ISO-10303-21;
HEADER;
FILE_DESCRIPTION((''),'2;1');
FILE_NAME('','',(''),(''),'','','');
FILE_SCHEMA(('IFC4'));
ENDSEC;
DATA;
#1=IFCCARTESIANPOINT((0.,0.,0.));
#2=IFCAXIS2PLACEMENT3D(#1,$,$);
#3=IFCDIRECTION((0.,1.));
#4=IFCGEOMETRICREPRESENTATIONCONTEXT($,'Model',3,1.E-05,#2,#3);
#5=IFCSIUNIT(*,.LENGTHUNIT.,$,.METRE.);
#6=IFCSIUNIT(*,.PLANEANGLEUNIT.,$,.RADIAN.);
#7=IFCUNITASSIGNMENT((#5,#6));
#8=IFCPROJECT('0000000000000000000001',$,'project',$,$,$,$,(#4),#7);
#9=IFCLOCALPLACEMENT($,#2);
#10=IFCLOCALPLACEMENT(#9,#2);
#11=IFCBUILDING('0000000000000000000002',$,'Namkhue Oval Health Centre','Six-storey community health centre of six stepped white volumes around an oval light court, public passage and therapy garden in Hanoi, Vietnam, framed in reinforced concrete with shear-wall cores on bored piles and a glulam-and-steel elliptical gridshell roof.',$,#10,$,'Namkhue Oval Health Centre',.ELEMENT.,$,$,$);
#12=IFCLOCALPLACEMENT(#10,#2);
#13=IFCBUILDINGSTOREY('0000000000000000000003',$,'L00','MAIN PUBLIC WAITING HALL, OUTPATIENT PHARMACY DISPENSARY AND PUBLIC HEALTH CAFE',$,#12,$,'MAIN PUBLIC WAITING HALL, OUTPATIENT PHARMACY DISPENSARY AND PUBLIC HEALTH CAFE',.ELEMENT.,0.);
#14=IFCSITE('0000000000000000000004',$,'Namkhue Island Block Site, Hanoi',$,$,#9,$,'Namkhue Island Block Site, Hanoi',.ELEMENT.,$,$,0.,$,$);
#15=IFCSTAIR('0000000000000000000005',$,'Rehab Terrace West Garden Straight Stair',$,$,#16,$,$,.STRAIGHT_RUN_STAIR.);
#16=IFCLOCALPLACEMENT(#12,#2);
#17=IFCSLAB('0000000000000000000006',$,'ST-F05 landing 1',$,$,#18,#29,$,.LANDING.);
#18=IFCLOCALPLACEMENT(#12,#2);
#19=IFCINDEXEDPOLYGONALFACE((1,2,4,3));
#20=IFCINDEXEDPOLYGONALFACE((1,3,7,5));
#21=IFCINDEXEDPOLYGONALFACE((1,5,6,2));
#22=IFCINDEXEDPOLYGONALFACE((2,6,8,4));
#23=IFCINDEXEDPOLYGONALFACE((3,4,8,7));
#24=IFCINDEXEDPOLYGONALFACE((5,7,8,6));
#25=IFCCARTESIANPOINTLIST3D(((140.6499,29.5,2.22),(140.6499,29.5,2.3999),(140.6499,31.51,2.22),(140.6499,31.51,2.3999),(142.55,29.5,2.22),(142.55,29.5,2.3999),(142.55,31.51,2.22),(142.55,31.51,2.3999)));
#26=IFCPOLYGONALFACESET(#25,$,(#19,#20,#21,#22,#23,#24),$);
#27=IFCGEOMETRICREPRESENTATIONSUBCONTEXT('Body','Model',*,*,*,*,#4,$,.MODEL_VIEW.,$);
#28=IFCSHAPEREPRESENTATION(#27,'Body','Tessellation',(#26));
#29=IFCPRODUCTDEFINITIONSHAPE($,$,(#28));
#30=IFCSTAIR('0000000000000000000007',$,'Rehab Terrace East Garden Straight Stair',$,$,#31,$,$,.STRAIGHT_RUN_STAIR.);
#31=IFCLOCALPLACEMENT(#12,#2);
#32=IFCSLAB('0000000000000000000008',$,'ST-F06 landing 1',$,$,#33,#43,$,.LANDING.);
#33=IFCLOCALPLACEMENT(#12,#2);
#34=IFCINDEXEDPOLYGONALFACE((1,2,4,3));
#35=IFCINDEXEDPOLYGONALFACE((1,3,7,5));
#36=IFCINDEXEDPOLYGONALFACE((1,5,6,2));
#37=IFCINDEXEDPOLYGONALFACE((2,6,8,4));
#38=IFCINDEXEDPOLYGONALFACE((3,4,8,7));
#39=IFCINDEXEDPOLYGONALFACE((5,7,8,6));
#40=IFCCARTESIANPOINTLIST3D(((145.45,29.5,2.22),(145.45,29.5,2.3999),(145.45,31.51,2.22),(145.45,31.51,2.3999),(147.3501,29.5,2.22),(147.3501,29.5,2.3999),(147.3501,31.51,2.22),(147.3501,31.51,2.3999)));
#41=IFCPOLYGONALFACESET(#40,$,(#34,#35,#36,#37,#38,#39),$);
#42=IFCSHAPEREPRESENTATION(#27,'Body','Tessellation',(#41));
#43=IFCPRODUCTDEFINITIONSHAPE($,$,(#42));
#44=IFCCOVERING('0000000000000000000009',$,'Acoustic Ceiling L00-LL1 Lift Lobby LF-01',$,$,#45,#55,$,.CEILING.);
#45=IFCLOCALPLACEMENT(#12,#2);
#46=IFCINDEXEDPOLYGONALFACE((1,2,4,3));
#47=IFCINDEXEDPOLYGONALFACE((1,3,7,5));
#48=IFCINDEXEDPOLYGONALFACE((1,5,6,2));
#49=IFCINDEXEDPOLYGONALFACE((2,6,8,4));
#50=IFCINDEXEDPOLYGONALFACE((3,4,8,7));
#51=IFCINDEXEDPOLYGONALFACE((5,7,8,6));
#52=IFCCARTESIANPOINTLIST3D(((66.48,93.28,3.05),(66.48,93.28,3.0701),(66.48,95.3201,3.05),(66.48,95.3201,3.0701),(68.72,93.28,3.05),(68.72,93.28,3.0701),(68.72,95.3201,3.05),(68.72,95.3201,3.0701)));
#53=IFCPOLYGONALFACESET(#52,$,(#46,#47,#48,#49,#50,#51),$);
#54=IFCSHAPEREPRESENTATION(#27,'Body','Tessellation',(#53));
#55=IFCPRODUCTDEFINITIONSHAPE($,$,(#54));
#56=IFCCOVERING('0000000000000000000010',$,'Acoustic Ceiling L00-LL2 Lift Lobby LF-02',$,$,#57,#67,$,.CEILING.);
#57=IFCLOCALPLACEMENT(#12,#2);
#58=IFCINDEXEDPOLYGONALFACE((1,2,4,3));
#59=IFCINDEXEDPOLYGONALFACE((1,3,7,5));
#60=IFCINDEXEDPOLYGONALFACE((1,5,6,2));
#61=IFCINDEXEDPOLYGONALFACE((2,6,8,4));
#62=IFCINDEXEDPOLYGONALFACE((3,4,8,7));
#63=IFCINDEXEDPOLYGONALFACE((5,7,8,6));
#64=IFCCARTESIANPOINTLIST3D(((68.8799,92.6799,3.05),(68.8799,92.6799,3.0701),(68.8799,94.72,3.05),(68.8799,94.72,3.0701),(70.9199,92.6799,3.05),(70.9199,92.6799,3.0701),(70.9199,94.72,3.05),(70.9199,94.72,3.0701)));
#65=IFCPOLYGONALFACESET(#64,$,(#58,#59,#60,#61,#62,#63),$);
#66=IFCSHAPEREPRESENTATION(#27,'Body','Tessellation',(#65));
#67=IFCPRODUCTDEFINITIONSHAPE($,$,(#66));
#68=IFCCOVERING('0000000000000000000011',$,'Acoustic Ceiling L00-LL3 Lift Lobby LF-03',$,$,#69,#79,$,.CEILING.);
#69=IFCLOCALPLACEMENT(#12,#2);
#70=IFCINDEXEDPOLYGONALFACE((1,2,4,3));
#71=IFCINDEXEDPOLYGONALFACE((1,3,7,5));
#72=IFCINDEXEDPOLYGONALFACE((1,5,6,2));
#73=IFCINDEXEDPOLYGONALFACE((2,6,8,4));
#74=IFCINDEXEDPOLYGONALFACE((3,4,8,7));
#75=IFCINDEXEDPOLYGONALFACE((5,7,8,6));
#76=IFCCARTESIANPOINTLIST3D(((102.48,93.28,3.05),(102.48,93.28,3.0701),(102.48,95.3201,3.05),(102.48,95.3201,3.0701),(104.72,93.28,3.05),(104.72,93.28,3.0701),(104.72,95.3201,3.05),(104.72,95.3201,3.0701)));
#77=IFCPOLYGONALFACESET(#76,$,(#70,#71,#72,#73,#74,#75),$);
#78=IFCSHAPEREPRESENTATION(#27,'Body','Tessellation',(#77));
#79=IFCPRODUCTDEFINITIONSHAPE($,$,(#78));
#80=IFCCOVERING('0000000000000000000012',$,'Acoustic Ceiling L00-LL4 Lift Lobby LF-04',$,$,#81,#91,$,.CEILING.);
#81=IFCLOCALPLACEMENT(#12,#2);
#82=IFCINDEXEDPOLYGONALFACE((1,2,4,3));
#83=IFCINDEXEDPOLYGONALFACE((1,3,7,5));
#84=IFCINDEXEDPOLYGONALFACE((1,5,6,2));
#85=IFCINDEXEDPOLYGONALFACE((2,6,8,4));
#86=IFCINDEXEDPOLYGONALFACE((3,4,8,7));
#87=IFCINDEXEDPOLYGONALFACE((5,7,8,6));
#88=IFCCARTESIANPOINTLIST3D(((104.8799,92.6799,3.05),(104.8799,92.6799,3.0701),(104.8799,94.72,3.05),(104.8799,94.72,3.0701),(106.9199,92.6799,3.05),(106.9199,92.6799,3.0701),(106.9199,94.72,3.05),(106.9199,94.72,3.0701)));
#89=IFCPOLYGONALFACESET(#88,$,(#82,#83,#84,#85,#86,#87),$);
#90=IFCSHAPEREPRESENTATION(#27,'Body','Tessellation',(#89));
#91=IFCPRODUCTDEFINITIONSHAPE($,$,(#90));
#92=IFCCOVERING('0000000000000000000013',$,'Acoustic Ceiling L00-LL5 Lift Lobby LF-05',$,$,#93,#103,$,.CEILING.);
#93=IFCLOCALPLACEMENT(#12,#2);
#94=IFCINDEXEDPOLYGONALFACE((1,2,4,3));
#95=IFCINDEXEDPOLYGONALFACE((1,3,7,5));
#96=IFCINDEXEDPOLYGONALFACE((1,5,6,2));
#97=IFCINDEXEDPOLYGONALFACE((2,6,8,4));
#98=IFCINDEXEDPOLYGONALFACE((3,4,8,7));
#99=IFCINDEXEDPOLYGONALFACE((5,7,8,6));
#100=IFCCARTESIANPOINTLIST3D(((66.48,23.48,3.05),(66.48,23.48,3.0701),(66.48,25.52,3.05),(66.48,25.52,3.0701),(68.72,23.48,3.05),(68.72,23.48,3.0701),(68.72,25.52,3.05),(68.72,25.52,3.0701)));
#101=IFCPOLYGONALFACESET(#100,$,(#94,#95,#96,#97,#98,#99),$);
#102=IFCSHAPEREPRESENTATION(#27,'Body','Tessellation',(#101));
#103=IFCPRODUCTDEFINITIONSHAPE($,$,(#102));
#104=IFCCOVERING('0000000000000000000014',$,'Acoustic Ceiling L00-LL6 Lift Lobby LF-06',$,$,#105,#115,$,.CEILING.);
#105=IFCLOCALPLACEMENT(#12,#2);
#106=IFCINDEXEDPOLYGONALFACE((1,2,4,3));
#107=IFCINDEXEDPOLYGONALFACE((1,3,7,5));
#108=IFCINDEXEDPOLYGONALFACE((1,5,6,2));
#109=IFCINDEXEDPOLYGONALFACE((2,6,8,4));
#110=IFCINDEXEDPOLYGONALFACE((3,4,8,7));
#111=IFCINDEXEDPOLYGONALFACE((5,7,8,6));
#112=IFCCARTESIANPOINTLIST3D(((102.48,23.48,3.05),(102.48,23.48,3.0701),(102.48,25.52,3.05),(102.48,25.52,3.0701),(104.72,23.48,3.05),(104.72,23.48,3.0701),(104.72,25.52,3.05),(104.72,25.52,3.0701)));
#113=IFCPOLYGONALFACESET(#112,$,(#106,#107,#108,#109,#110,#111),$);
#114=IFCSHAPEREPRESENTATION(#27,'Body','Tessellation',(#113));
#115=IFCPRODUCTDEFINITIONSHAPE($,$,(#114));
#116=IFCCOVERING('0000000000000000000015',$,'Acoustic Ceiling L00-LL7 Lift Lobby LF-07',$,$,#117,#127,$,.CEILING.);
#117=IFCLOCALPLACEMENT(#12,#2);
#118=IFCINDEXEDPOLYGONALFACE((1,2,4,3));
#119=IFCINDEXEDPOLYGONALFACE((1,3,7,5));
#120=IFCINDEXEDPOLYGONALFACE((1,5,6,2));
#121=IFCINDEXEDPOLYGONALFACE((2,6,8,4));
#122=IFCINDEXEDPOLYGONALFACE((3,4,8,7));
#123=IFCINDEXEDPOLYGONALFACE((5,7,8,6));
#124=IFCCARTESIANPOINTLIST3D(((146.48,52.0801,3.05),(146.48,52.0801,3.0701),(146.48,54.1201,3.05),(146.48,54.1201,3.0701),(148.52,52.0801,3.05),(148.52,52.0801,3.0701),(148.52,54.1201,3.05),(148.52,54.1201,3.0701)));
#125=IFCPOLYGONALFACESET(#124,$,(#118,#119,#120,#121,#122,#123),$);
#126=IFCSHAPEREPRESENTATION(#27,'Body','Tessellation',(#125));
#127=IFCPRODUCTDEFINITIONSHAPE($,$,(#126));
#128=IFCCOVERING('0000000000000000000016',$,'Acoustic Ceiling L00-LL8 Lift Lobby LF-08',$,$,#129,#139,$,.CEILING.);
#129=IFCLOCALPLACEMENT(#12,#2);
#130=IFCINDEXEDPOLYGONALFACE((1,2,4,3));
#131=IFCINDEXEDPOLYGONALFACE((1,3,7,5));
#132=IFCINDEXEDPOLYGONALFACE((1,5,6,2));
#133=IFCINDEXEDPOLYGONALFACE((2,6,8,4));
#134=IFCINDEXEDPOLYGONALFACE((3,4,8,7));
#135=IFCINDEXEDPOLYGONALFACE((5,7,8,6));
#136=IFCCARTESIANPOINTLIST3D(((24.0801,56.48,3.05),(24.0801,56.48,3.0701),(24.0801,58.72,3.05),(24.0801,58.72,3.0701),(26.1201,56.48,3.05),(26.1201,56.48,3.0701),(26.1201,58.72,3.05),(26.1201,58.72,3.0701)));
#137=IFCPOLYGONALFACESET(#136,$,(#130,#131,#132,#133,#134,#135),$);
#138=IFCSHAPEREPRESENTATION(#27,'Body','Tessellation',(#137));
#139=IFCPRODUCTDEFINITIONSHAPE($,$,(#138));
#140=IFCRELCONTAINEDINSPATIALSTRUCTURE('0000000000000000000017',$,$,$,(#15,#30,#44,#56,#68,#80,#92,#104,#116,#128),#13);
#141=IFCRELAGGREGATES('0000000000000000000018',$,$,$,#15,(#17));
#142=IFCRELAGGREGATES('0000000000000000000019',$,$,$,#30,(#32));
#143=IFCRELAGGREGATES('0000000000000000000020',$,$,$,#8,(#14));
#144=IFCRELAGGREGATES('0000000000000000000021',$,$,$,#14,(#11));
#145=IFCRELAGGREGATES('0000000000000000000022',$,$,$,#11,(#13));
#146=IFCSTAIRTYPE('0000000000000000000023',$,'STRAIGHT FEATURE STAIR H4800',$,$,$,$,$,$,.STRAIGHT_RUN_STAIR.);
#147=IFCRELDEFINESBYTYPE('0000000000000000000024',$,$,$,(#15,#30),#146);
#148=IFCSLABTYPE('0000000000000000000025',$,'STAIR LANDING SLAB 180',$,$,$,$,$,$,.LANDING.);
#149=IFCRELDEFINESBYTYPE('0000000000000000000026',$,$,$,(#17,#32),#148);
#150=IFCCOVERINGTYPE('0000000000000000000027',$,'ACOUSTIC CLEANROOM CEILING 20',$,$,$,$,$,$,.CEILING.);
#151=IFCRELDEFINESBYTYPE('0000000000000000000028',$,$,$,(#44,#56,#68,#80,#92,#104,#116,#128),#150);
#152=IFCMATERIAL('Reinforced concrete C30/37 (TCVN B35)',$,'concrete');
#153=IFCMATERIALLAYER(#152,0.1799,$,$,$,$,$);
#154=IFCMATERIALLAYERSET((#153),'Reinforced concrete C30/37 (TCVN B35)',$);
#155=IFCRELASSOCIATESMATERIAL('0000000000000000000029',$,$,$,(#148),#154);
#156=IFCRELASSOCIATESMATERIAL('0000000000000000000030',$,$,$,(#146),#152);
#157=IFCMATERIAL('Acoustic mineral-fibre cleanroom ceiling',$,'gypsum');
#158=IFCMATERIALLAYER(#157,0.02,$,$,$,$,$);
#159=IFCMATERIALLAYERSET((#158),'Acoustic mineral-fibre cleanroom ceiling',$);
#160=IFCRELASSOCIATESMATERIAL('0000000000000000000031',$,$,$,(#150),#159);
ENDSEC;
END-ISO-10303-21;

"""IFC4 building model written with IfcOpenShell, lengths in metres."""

from ifc_helpers import new_model, si_unit, direction, frame, origin, place, context, subcontext, project, spatial, polyline, outline, extrude, material, layer, layer_set, type_object, element, aggregate, save


model = new_model("IFC4")

# Units and contexts
model_context = context("Model", 3, precision=1e-05, world=origin(), true_north=direction((0.0, 1.0)))
body_context = subcontext(model_context, "Body", "Model", "MODEL_VIEW")
ifc_project = project(units=[si_unit("LENGTHUNIT", "METRE"), si_unit("PLANEANGLEUNIT", "RADIAN")], contexts=[model_context])

# Site, building, storey
site_placement = place(None, origin())
site = spatial("IfcSite", under=ifc_project, at=site_placement, Name="Namkhue Island Block Site, Hanoi", LongName="Namkhue Island Block Site, Hanoi", CompositionType="ELEMENT", RefElevation=0.0)
building_placement = place(site_placement, origin())
building = spatial("IfcBuilding", under=site, at=building_placement, Name="Namkhue Oval Health Centre", Description="Six-storey community health centre of six stepped white volumes around an oval light court, public passage and therapy garden in Hanoi, Vietnam, framed in reinforced concrete with shear-wall cores on bored piles and a glulam-and-steel elliptical gridshell roof.", LongName="Namkhue Oval Health Centre", CompositionType="ELEMENT")
storey_placement = place(building_placement, origin())
storey = spatial("IfcBuildingStorey", under=building, at=storey_placement, Name="L00", Description="MAIN PUBLIC WAITING HALL, OUTPATIENT PHARMACY DISPENSARY AND PUBLIC HEALTH CAFE", LongName="MAIN PUBLIC WAITING HALL, OUTPATIENT PHARMACY DISPENSARY AND PUBLIC HEALTH CAFE", CompositionType="ELEMENT", Elevation=0.0)

# Stairs, slabs
ifc_material_1 = material(Name="Reinforced concrete C30/37 (TCVN B35)", Category="concrete")
ifc_layer_1 = layer(ifc_material_1, 0.1799)
ifc_layer_set_1 = layer_set([ifc_layer_1], Name="Reinforced concrete C30/37 (TCVN B35)")
slab_type = type_object("IfcSlabType", Name="STAIR LANDING SLAB 180", PredefinedType="LANDING", material=ifc_layer_set_1)
stair_type_1 = type_object("IfcStairType", Name="STRAIGHT FEATURE STAIR H4800", PredefinedType="STRAIGHT_RUN_STAIR", material=ifc_material_1)
stair_1_placement = place(storey_placement, origin())
stair_1 = element("IfcStair", 1, at=stair_1_placement, inside=storey, type_object=stair_type_1, Name="Rehab Terrace West Garden Straight Stair", PredefinedType="STRAIGHT_RUN_STAIR")
slab_1_placement = place(storey_placement, frame((0.0, 0.0, 2.22)))
slab_1 = element("IfcSlab", 2, at=slab_1_placement, type_object=slab_type, Name="ST-F05 landing 1", PredefinedType="LANDING", context=body_context, shape_type="SweptSolid", body=[
    extrude(outline(polyline([(142.55, 29.5), (142.55, 31.51), (140.6499, 31.51), (140.6499, 29.5), (142.55, 29.5)])), origin(), (0.0, 0.0, 1.0), 0.1799),
])
aggregate(stair_1, [slab_1])
stair_2_placement = place(storey_placement, origin())
stair_2 = element("IfcStair", 3, at=stair_2_placement, inside=storey, type_object=stair_type_1, Name="Rehab Terrace East Garden Straight Stair", PredefinedType="STRAIGHT_RUN_STAIR")
slab_2_placement = place(storey_placement, frame((0.0, 0.0, 2.22)))
slab_2 = element("IfcSlab", 4, at=slab_2_placement, type_object=slab_type, Name="ST-F06 landing 1", PredefinedType="LANDING", context=body_context, shape_type="SweptSolid", body=[
    extrude(outline(polyline([(147.3501, 29.5), (147.3501, 31.51), (145.45, 31.51), (145.45, 29.5), (147.3501, 29.5)])), origin(), (0.0, 0.0, 1.0), 0.1799),
])
aggregate(stair_2, [slab_2])

# Coverings
ifc_material_2 = material(Name="Acoustic mineral-fibre cleanroom ceiling", Category="gypsum")
ifc_layer_2 = layer(ifc_material_2, 0.02)
ifc_layer_set_2 = layer_set([ifc_layer_2], Name="Acoustic mineral-fibre cleanroom ceiling")
covering_type = type_object("IfcCoveringType", Name="ACOUSTIC CLEANROOM CEILING 20", PredefinedType="CEILING", material=ifc_layer_set_2)
covering_1_placement = place(storey_placement, frame((0.0, 0.0, 3.05)))
element("IfcCovering", 5, at=covering_1_placement, inside=storey, type_object=covering_type, Name="Acoustic Ceiling L00-LL1 Lift Lobby LF-01", PredefinedType="CEILING", context=body_context, shape_type="SweptSolid", body=[
    extrude(outline(polyline([(66.48, 93.28), (66.48, 95.3201), (68.72, 95.3201), (68.72, 93.28), (66.48, 93.28)])), origin(), (0.0, 0.0, 1.0), 0.02),
])
covering_2_placement = place(storey_placement, frame((0.0, 0.0, 3.05)))
element("IfcCovering", 6, at=covering_2_placement, inside=storey, type_object=covering_type, Name="Acoustic Ceiling L00-LL2 Lift Lobby LF-02", PredefinedType="CEILING", context=body_context, shape_type="SweptSolid", body=[
    extrude(outline(polyline([(68.8799, 92.6799), (68.8799, 94.72), (70.9199, 94.72), (70.9199, 92.6799), (68.8799, 92.6799)])), origin(), (0.0, 0.0, 1.0), 0.02),
])
covering_3_placement = place(storey_placement, frame((0.0, 0.0, 3.05)))
element("IfcCovering", 7, at=covering_3_placement, inside=storey, type_object=covering_type, Name="Acoustic Ceiling L00-LL3 Lift Lobby LF-03", PredefinedType="CEILING", context=body_context, shape_type="SweptSolid", body=[
    extrude(outline(polyline([(102.48, 93.28), (102.48, 95.3201), (104.72, 95.3201), (104.72, 93.28), (102.48, 93.28)])), origin(), (0.0, 0.0, 1.0), 0.02),
])
covering_4_placement = place(storey_placement, frame((0.0, 0.0, 3.05)))
element("IfcCovering", 8, at=covering_4_placement, inside=storey, type_object=covering_type, Name="Acoustic Ceiling L00-LL4 Lift Lobby LF-04", PredefinedType="CEILING", context=body_context, shape_type="SweptSolid", body=[
    extrude(outline(polyline([(104.8799, 92.6799), (104.8799, 94.72), (106.9199, 94.72), (106.9199, 92.6799), (104.8799, 92.6799)])), origin(), (0.0, 0.0, 1.0), 0.02),
])
covering_5_placement = place(storey_placement, frame((0.0, 0.0, 3.05)))
element("IfcCovering", 9, at=covering_5_placement, inside=storey, type_object=covering_type, Name="Acoustic Ceiling L00-LL5 Lift Lobby LF-05", PredefinedType="CEILING", context=body_context, shape_type="SweptSolid", body=[
    extrude(outline(polyline([(66.48, 23.48), (66.48, 25.52), (68.72, 25.52), (68.72, 23.48), (66.48, 23.48)])), origin(), (0.0, 0.0, 1.0), 0.02),
])
covering_6_placement = place(storey_placement, frame((0.0, 0.0, 3.05)))
element("IfcCovering", 10, at=covering_6_placement, inside=storey, type_object=covering_type, Name="Acoustic Ceiling L00-LL6 Lift Lobby LF-06", PredefinedType="CEILING", context=body_context, shape_type="SweptSolid", body=[
    extrude(outline(polyline([(102.48, 23.48), (102.48, 25.52), (104.72, 25.52), (104.72, 23.48), (102.48, 23.48)])), origin(), (0.0, 0.0, 1.0), 0.02),
])
covering_7_placement = place(storey_placement, frame((0.0, 0.0, 3.05)))
element("IfcCovering", 11, at=covering_7_placement, inside=storey, type_object=covering_type, Name="Acoustic Ceiling L00-LL7 Lift Lobby LF-07", PredefinedType="CEILING", context=body_context, shape_type="SweptSolid", body=[
    extrude(outline(polyline([(146.48, 52.0801), (146.48, 54.1201), (148.52, 54.1201), (148.52, 52.0801), (146.48, 52.0801)])), origin(), (0.0, 0.0, 1.0), 0.02),
])
covering_8_placement = place(storey_placement, frame((0.0, 0.0, 3.05)))
element("IfcCovering", 12, at=covering_8_placement, inside=storey, type_object=covering_type, Name="Acoustic Ceiling L00-LL8 Lift Lobby LF-08", PredefinedType="CEILING", context=body_context, shape_type="SweptSolid", body=[
    extrude(outline(polyline([(24.0801, 56.48), (24.0801, 58.72), (26.1201, 58.72), (26.1201, 56.48), (24.0801, 56.48)])), origin(), (0.0, 0.0, 1.0), 0.02),
])

save(model, "model.ifc")
